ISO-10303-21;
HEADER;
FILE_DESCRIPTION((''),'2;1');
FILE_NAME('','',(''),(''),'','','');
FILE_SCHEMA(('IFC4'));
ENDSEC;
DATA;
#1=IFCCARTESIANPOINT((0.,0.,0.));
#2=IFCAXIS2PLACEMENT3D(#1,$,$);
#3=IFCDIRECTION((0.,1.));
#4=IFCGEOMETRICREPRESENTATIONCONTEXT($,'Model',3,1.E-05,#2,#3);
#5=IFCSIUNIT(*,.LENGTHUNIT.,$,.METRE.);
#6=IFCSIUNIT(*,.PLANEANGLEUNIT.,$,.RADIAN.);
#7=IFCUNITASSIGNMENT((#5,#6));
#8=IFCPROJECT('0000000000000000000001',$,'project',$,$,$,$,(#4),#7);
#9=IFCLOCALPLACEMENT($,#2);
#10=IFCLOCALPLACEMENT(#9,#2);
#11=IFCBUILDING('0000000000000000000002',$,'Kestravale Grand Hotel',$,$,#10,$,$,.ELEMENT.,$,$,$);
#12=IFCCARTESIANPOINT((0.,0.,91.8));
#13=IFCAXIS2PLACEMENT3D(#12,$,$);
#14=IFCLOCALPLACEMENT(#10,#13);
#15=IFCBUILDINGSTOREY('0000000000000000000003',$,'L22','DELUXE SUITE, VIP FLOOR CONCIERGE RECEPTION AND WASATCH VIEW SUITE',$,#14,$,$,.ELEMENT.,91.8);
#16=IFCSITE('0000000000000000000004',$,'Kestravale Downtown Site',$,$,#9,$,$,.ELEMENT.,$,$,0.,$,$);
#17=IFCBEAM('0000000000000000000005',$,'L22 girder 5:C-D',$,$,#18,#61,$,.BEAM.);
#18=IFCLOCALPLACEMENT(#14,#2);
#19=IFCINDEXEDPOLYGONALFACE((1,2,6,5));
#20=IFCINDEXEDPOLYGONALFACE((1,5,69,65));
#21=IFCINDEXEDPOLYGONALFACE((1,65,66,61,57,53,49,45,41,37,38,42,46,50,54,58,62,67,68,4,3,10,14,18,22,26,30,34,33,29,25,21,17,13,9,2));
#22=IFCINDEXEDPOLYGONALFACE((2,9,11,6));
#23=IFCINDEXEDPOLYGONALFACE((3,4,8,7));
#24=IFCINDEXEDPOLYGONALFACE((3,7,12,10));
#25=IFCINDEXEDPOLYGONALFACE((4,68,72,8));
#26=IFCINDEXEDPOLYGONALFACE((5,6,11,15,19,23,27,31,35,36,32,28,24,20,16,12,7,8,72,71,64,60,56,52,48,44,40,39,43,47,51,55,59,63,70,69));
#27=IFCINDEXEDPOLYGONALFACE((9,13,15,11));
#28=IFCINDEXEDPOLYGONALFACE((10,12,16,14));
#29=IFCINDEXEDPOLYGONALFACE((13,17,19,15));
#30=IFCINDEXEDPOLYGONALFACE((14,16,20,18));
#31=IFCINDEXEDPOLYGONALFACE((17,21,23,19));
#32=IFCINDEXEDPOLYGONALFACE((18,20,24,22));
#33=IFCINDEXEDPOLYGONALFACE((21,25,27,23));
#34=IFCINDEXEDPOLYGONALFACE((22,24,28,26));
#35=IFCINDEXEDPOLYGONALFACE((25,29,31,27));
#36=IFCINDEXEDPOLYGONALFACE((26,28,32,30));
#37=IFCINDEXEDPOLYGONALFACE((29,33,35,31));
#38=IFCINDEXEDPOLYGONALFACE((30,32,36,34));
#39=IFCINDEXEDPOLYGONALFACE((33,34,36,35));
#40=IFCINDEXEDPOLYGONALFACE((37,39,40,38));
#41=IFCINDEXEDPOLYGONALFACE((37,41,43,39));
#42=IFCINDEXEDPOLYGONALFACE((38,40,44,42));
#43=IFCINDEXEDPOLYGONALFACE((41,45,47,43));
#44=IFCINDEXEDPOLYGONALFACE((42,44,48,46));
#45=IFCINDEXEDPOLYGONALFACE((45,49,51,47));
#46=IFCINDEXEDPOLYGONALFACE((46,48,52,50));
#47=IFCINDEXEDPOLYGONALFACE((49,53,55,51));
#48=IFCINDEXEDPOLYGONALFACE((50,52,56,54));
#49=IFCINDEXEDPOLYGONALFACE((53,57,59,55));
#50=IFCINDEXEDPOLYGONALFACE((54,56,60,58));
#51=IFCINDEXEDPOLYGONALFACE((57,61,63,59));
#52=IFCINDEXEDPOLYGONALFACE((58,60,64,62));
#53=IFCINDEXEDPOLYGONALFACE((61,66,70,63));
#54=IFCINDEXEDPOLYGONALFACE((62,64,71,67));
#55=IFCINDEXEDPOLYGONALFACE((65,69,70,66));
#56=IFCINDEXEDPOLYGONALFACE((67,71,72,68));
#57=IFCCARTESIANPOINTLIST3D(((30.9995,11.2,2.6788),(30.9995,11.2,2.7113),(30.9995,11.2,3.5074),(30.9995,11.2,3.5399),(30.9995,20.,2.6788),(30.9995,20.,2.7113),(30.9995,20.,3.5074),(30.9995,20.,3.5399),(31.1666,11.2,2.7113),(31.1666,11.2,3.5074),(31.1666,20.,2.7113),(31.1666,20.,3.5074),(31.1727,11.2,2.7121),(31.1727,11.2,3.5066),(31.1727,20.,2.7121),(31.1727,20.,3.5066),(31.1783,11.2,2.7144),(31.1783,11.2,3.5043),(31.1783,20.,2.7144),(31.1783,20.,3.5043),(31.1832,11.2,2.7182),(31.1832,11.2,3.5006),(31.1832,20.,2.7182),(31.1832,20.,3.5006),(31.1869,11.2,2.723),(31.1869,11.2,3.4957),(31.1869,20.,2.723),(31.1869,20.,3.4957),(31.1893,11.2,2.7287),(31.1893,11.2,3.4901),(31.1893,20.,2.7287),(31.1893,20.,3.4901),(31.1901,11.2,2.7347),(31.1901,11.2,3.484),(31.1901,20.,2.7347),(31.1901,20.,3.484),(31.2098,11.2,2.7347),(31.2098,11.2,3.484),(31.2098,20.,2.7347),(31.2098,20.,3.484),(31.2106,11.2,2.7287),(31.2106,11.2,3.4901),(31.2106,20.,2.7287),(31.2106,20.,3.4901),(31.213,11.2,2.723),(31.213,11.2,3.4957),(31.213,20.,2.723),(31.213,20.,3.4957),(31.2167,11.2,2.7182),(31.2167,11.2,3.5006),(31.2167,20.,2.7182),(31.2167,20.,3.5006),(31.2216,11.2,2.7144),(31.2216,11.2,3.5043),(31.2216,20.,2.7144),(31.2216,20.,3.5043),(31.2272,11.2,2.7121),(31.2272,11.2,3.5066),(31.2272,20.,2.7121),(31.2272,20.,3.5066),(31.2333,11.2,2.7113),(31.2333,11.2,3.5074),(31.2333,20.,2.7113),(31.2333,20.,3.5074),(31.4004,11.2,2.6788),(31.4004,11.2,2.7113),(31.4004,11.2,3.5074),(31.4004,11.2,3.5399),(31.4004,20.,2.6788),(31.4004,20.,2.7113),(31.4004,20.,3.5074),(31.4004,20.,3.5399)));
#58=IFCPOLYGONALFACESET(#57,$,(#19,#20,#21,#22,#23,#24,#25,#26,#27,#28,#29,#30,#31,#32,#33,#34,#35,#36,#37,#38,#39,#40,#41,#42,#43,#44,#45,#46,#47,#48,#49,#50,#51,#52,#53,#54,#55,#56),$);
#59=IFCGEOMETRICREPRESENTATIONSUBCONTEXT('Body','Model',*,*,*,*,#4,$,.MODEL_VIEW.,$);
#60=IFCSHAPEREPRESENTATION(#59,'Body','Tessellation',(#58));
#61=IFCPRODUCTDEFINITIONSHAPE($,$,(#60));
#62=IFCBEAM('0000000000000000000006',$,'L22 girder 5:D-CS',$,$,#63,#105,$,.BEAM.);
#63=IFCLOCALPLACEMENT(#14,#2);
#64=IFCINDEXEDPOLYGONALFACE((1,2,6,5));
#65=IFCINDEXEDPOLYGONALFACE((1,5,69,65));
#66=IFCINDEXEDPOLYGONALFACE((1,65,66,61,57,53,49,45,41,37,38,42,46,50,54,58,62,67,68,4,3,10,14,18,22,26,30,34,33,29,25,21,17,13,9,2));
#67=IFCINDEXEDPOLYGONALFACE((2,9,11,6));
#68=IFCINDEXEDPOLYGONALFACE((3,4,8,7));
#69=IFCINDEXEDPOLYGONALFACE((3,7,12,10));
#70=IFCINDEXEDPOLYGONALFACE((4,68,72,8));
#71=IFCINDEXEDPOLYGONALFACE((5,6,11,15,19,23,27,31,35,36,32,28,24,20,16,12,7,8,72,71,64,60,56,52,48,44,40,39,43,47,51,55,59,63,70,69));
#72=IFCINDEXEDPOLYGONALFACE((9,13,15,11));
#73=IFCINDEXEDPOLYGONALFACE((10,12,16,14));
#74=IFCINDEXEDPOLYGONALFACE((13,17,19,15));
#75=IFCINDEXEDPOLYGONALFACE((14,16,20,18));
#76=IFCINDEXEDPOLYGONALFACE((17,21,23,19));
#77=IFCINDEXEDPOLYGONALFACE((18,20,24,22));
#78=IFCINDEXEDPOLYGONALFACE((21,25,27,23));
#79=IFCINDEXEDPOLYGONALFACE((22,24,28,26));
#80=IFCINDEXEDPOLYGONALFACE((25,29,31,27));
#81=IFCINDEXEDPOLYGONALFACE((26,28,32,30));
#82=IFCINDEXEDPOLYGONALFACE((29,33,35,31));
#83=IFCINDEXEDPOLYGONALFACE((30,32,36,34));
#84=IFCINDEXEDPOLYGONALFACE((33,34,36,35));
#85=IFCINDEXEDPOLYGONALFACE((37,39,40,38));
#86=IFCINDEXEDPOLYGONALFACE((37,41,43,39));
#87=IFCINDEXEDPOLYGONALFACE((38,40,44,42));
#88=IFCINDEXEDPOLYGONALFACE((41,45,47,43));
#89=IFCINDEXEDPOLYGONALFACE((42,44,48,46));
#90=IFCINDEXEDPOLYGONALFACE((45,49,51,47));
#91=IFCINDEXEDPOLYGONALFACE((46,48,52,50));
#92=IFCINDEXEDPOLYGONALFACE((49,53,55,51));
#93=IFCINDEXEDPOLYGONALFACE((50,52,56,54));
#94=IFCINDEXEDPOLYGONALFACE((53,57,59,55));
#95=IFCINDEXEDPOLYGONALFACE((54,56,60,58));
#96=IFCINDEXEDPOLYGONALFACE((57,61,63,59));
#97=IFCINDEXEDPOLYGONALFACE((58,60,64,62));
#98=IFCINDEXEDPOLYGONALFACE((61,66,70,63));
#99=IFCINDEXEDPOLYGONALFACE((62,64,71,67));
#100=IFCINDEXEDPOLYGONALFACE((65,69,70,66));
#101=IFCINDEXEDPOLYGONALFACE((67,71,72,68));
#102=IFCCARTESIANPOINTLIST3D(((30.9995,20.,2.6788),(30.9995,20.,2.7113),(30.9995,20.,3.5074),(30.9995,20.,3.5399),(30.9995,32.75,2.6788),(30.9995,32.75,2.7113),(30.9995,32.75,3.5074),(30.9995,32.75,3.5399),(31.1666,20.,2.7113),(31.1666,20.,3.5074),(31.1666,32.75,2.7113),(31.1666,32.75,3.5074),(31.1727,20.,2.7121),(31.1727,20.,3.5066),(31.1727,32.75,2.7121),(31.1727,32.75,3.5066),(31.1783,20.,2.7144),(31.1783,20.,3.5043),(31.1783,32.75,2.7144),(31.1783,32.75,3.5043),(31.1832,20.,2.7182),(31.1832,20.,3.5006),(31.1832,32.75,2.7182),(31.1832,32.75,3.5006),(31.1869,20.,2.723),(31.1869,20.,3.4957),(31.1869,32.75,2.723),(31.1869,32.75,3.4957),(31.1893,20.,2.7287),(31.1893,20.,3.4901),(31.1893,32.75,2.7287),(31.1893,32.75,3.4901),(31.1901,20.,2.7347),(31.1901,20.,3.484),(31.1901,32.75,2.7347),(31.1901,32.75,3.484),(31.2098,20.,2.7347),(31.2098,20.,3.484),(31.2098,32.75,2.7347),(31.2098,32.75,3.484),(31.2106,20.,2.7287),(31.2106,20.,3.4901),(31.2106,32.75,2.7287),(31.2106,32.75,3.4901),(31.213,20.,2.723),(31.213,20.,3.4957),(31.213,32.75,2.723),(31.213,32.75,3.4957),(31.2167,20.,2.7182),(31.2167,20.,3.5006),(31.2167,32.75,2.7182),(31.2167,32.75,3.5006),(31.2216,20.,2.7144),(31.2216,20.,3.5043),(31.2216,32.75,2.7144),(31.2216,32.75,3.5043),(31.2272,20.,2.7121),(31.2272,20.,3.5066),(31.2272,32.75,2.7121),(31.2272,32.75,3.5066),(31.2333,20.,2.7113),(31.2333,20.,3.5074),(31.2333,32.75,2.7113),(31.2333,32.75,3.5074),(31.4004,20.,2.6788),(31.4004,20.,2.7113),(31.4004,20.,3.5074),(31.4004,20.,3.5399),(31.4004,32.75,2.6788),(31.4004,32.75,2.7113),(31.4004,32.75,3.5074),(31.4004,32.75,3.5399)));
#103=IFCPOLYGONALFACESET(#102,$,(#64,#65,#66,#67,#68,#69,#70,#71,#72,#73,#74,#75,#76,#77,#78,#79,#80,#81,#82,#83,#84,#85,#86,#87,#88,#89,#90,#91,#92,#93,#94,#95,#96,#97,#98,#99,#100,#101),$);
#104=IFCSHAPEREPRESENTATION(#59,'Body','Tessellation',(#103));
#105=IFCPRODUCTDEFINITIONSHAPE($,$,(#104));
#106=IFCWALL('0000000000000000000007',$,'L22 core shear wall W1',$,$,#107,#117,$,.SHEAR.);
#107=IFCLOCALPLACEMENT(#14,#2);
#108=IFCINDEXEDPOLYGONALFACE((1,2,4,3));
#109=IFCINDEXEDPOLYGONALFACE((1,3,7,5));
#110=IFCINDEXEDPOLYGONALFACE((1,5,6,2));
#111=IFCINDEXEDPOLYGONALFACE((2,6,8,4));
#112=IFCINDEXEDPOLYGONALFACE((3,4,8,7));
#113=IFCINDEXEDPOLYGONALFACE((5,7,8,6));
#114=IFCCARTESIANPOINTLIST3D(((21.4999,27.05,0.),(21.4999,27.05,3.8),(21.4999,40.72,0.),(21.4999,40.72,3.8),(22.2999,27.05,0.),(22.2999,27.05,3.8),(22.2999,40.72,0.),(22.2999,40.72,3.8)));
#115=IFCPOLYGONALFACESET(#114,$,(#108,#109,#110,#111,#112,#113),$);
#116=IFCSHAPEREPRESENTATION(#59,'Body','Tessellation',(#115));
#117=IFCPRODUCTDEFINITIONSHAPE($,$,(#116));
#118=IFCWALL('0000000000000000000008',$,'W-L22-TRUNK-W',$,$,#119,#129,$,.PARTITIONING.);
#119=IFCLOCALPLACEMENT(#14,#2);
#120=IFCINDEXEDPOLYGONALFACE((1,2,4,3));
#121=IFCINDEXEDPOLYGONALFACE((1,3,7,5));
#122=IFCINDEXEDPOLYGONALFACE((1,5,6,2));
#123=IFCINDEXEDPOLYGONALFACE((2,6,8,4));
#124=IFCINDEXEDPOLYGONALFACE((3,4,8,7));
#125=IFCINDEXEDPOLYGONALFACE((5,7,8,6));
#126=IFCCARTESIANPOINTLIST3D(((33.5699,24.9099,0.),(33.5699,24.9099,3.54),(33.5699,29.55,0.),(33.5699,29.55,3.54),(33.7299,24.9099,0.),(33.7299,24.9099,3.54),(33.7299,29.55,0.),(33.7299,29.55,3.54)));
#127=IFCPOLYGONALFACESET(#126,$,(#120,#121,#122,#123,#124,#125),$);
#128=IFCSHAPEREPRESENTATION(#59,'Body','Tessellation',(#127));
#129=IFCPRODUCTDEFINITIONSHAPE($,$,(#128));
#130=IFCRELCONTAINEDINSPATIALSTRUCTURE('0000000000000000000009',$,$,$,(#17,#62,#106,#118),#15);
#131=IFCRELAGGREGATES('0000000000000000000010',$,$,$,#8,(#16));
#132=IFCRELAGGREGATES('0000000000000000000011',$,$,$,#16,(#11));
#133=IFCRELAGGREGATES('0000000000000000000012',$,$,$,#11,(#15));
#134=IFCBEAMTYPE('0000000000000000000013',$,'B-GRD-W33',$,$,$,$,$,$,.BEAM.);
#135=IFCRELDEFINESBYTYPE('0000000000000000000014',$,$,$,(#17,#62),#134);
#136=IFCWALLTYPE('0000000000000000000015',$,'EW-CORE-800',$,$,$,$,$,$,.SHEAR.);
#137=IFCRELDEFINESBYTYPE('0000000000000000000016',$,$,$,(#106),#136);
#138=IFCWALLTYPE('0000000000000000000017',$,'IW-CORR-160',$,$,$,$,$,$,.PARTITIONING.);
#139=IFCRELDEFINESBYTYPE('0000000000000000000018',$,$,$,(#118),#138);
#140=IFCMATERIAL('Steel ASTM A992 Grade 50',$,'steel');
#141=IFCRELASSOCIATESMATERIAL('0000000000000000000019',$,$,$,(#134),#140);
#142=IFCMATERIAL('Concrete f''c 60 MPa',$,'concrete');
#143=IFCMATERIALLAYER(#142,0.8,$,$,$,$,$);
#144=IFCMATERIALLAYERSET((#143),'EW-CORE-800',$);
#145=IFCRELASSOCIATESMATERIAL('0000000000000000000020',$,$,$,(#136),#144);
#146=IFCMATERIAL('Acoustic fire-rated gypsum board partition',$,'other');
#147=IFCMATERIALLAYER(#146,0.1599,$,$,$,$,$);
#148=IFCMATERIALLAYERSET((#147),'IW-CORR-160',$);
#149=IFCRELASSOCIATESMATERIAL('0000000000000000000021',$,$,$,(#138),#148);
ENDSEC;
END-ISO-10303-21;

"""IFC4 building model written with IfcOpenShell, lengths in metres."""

from ifc_helpers import new_model, si_unit, direction, frame, frame_2d, origin, origin_2d, place, context, subcontext, project, spatial, rectangle, i_section, extrude, material, layer, layer_set, material_profile, profile_set, type_object, element, save


model = new_model("IFC4")

# Units and contexts
model_context = context("Model", 3, precision=1e-05, world=origin(), true_north=direction((0.0, 1.0)))
body_context = subcontext(model_context, "Body", "Model", "MODEL_VIEW")
ifc_project = project(units=[si_unit("LENGTHUNIT", "METRE"), si_unit("PLANEANGLEUNIT", "RADIAN")], contexts=[model_context])

# Site, building, storey
site_placement = place(None, origin())
site = spatial("IfcSite", under=ifc_project, at=site_placement, Name="Kestravale Downtown Site", CompositionType="ELEMENT", RefElevation=0.0)
building_placement = place(site_placement, origin())
building = spatial("IfcBuilding", under=site, at=building_placement, Name="Kestravale Grand Hotel", CompositionType="ELEMENT")
storey_placement = place(building_placement, frame((0.0, 0.0, 91.8)))
storey = spatial("IfcBuildingStorey", under=building, at=storey_placement, Name="L22", Description="DELUXE SUITE, VIP FLOOR CONCIERGE RECEPTION AND WASATCH VIEW SUITE", CompositionType="ELEMENT", Elevation=91.8)

# Beams
ifc_material_1 = material(Name="Steel ASTM A992 Grade 50", Category="steel")
ifc_material_profile_1 = material_profile(ifc_material_1, i_section(OverallWidth=0.4009, OverallDepth=0.8611, WebThickness=0.0198, FlangeThickness=0.0325, FilletRadius=0.0234, at=origin_2d()))
ifc_profile_set_1 = profile_set([ifc_material_profile_1], Name="Steel ASTM A992 Grade 50")
beam_type_1 = type_object("IfcBeamType", Name="B-GRD-W33", PredefinedType="BEAM", material=ifc_profile_set_1)
beam_1_placement = place(storey_placement, frame((31.2, 11.2, 3.1094), z_axis=(0.0, 1.0, 0.0), x_axis=(-1.0, 0.0, 0.0)))
element("IfcBeam", 1, at=beam_1_placement, inside=storey, type_object=beam_type_1, Name="L22 girder 5:C-D", PredefinedType="BEAM", context=body_context, shape_type="SweptSolid", body=[
    extrude(i_section(OverallWidth=0.4009, OverallDepth=0.8611, WebThickness=0.0198, FlangeThickness=0.0325, FilletRadius=0.0234, at=origin_2d()), origin(), (0.0, 0.0, 1.0), 8.8),
])
beam_2_placement = place(storey_placement, frame((31.2, 20.0, 3.1094), z_axis=(0.0, 1.0, 0.0), x_axis=(-1.0, 0.0, 0.0)))
element("IfcBeam", 2, at=beam_2_placement, inside=storey, type_object=beam_type_1, Name="L22 girder 5:D-CS", PredefinedType="BEAM", context=body_context, shape_type="SweptSolid", body=[
    extrude(i_section(OverallWidth=0.4009, OverallDepth=0.8611, WebThickness=0.0198, FlangeThickness=0.0325, FilletRadius=0.0234, at=origin_2d()), origin(), (0.0, 0.0, 1.0), 12.75),
])

# Walls
ifc_material_2 = material(Name="Concrete f'c 60 MPa", Category="concrete")
ifc_layer_1 = layer(ifc_material_2, 0.8)
ifc_layer_set_1 = layer_set([ifc_layer_1], Name="EW-CORE-800")
wall_type_1 = type_object("IfcWallType", Name="EW-CORE-800", PredefinedType="SHEAR", material=ifc_layer_set_1)
wall_1_placement = place(storey_placement, frame((21.8999, 27.05, 0.0), z_axis=(0.0, 0.0, 1.0), x_axis=(0.0, 1.0, 0.0)))
element("IfcWall", 3, at=wall_1_placement, inside=storey, type_object=wall_type_1, Name="L22 core shear wall W1", PredefinedType="SHEAR", context=body_context, shape_type="SweptSolid", body=[
    extrude(rectangle(XDim=13.6699, YDim=0.8, at=frame_2d((6.835, 0.0))), origin(), (0.0, 0.0, 1.0), 3.8),
])
ifc_material_3 = material(Name="Acoustic fire-rated gypsum board partition", Category="other")
ifc_layer_2 = layer(ifc_material_3, 0.1599)
ifc_layer_set_2 = layer_set([ifc_layer_2], Name="IW-CORR-160")
wall_type_2 = type_object("IfcWallType", Name="IW-CORR-160", PredefinedType="PARTITIONING", material=ifc_layer_set_2)
wall_2_placement = place(storey_placement, frame((33.6499, 24.9099, 0.0), z_axis=(0.0, 0.0, 1.0), x_axis=(0.0, 1.0, 0.0)))
element("IfcWall", 4, at=wall_2_placement, inside=storey, type_object=wall_type_2, Name="W-L22-TRUNK-W", PredefinedType="PARTITIONING", context=body_context, shape_type="SweptSolid", body=[
    extrude(rectangle(XDim=4.6401, YDim=0.1599, at=frame_2d((2.3201, 0.0))), origin(), (0.0, 0.0, 1.0), 3.54),
])

save(model, "model.ifc")
